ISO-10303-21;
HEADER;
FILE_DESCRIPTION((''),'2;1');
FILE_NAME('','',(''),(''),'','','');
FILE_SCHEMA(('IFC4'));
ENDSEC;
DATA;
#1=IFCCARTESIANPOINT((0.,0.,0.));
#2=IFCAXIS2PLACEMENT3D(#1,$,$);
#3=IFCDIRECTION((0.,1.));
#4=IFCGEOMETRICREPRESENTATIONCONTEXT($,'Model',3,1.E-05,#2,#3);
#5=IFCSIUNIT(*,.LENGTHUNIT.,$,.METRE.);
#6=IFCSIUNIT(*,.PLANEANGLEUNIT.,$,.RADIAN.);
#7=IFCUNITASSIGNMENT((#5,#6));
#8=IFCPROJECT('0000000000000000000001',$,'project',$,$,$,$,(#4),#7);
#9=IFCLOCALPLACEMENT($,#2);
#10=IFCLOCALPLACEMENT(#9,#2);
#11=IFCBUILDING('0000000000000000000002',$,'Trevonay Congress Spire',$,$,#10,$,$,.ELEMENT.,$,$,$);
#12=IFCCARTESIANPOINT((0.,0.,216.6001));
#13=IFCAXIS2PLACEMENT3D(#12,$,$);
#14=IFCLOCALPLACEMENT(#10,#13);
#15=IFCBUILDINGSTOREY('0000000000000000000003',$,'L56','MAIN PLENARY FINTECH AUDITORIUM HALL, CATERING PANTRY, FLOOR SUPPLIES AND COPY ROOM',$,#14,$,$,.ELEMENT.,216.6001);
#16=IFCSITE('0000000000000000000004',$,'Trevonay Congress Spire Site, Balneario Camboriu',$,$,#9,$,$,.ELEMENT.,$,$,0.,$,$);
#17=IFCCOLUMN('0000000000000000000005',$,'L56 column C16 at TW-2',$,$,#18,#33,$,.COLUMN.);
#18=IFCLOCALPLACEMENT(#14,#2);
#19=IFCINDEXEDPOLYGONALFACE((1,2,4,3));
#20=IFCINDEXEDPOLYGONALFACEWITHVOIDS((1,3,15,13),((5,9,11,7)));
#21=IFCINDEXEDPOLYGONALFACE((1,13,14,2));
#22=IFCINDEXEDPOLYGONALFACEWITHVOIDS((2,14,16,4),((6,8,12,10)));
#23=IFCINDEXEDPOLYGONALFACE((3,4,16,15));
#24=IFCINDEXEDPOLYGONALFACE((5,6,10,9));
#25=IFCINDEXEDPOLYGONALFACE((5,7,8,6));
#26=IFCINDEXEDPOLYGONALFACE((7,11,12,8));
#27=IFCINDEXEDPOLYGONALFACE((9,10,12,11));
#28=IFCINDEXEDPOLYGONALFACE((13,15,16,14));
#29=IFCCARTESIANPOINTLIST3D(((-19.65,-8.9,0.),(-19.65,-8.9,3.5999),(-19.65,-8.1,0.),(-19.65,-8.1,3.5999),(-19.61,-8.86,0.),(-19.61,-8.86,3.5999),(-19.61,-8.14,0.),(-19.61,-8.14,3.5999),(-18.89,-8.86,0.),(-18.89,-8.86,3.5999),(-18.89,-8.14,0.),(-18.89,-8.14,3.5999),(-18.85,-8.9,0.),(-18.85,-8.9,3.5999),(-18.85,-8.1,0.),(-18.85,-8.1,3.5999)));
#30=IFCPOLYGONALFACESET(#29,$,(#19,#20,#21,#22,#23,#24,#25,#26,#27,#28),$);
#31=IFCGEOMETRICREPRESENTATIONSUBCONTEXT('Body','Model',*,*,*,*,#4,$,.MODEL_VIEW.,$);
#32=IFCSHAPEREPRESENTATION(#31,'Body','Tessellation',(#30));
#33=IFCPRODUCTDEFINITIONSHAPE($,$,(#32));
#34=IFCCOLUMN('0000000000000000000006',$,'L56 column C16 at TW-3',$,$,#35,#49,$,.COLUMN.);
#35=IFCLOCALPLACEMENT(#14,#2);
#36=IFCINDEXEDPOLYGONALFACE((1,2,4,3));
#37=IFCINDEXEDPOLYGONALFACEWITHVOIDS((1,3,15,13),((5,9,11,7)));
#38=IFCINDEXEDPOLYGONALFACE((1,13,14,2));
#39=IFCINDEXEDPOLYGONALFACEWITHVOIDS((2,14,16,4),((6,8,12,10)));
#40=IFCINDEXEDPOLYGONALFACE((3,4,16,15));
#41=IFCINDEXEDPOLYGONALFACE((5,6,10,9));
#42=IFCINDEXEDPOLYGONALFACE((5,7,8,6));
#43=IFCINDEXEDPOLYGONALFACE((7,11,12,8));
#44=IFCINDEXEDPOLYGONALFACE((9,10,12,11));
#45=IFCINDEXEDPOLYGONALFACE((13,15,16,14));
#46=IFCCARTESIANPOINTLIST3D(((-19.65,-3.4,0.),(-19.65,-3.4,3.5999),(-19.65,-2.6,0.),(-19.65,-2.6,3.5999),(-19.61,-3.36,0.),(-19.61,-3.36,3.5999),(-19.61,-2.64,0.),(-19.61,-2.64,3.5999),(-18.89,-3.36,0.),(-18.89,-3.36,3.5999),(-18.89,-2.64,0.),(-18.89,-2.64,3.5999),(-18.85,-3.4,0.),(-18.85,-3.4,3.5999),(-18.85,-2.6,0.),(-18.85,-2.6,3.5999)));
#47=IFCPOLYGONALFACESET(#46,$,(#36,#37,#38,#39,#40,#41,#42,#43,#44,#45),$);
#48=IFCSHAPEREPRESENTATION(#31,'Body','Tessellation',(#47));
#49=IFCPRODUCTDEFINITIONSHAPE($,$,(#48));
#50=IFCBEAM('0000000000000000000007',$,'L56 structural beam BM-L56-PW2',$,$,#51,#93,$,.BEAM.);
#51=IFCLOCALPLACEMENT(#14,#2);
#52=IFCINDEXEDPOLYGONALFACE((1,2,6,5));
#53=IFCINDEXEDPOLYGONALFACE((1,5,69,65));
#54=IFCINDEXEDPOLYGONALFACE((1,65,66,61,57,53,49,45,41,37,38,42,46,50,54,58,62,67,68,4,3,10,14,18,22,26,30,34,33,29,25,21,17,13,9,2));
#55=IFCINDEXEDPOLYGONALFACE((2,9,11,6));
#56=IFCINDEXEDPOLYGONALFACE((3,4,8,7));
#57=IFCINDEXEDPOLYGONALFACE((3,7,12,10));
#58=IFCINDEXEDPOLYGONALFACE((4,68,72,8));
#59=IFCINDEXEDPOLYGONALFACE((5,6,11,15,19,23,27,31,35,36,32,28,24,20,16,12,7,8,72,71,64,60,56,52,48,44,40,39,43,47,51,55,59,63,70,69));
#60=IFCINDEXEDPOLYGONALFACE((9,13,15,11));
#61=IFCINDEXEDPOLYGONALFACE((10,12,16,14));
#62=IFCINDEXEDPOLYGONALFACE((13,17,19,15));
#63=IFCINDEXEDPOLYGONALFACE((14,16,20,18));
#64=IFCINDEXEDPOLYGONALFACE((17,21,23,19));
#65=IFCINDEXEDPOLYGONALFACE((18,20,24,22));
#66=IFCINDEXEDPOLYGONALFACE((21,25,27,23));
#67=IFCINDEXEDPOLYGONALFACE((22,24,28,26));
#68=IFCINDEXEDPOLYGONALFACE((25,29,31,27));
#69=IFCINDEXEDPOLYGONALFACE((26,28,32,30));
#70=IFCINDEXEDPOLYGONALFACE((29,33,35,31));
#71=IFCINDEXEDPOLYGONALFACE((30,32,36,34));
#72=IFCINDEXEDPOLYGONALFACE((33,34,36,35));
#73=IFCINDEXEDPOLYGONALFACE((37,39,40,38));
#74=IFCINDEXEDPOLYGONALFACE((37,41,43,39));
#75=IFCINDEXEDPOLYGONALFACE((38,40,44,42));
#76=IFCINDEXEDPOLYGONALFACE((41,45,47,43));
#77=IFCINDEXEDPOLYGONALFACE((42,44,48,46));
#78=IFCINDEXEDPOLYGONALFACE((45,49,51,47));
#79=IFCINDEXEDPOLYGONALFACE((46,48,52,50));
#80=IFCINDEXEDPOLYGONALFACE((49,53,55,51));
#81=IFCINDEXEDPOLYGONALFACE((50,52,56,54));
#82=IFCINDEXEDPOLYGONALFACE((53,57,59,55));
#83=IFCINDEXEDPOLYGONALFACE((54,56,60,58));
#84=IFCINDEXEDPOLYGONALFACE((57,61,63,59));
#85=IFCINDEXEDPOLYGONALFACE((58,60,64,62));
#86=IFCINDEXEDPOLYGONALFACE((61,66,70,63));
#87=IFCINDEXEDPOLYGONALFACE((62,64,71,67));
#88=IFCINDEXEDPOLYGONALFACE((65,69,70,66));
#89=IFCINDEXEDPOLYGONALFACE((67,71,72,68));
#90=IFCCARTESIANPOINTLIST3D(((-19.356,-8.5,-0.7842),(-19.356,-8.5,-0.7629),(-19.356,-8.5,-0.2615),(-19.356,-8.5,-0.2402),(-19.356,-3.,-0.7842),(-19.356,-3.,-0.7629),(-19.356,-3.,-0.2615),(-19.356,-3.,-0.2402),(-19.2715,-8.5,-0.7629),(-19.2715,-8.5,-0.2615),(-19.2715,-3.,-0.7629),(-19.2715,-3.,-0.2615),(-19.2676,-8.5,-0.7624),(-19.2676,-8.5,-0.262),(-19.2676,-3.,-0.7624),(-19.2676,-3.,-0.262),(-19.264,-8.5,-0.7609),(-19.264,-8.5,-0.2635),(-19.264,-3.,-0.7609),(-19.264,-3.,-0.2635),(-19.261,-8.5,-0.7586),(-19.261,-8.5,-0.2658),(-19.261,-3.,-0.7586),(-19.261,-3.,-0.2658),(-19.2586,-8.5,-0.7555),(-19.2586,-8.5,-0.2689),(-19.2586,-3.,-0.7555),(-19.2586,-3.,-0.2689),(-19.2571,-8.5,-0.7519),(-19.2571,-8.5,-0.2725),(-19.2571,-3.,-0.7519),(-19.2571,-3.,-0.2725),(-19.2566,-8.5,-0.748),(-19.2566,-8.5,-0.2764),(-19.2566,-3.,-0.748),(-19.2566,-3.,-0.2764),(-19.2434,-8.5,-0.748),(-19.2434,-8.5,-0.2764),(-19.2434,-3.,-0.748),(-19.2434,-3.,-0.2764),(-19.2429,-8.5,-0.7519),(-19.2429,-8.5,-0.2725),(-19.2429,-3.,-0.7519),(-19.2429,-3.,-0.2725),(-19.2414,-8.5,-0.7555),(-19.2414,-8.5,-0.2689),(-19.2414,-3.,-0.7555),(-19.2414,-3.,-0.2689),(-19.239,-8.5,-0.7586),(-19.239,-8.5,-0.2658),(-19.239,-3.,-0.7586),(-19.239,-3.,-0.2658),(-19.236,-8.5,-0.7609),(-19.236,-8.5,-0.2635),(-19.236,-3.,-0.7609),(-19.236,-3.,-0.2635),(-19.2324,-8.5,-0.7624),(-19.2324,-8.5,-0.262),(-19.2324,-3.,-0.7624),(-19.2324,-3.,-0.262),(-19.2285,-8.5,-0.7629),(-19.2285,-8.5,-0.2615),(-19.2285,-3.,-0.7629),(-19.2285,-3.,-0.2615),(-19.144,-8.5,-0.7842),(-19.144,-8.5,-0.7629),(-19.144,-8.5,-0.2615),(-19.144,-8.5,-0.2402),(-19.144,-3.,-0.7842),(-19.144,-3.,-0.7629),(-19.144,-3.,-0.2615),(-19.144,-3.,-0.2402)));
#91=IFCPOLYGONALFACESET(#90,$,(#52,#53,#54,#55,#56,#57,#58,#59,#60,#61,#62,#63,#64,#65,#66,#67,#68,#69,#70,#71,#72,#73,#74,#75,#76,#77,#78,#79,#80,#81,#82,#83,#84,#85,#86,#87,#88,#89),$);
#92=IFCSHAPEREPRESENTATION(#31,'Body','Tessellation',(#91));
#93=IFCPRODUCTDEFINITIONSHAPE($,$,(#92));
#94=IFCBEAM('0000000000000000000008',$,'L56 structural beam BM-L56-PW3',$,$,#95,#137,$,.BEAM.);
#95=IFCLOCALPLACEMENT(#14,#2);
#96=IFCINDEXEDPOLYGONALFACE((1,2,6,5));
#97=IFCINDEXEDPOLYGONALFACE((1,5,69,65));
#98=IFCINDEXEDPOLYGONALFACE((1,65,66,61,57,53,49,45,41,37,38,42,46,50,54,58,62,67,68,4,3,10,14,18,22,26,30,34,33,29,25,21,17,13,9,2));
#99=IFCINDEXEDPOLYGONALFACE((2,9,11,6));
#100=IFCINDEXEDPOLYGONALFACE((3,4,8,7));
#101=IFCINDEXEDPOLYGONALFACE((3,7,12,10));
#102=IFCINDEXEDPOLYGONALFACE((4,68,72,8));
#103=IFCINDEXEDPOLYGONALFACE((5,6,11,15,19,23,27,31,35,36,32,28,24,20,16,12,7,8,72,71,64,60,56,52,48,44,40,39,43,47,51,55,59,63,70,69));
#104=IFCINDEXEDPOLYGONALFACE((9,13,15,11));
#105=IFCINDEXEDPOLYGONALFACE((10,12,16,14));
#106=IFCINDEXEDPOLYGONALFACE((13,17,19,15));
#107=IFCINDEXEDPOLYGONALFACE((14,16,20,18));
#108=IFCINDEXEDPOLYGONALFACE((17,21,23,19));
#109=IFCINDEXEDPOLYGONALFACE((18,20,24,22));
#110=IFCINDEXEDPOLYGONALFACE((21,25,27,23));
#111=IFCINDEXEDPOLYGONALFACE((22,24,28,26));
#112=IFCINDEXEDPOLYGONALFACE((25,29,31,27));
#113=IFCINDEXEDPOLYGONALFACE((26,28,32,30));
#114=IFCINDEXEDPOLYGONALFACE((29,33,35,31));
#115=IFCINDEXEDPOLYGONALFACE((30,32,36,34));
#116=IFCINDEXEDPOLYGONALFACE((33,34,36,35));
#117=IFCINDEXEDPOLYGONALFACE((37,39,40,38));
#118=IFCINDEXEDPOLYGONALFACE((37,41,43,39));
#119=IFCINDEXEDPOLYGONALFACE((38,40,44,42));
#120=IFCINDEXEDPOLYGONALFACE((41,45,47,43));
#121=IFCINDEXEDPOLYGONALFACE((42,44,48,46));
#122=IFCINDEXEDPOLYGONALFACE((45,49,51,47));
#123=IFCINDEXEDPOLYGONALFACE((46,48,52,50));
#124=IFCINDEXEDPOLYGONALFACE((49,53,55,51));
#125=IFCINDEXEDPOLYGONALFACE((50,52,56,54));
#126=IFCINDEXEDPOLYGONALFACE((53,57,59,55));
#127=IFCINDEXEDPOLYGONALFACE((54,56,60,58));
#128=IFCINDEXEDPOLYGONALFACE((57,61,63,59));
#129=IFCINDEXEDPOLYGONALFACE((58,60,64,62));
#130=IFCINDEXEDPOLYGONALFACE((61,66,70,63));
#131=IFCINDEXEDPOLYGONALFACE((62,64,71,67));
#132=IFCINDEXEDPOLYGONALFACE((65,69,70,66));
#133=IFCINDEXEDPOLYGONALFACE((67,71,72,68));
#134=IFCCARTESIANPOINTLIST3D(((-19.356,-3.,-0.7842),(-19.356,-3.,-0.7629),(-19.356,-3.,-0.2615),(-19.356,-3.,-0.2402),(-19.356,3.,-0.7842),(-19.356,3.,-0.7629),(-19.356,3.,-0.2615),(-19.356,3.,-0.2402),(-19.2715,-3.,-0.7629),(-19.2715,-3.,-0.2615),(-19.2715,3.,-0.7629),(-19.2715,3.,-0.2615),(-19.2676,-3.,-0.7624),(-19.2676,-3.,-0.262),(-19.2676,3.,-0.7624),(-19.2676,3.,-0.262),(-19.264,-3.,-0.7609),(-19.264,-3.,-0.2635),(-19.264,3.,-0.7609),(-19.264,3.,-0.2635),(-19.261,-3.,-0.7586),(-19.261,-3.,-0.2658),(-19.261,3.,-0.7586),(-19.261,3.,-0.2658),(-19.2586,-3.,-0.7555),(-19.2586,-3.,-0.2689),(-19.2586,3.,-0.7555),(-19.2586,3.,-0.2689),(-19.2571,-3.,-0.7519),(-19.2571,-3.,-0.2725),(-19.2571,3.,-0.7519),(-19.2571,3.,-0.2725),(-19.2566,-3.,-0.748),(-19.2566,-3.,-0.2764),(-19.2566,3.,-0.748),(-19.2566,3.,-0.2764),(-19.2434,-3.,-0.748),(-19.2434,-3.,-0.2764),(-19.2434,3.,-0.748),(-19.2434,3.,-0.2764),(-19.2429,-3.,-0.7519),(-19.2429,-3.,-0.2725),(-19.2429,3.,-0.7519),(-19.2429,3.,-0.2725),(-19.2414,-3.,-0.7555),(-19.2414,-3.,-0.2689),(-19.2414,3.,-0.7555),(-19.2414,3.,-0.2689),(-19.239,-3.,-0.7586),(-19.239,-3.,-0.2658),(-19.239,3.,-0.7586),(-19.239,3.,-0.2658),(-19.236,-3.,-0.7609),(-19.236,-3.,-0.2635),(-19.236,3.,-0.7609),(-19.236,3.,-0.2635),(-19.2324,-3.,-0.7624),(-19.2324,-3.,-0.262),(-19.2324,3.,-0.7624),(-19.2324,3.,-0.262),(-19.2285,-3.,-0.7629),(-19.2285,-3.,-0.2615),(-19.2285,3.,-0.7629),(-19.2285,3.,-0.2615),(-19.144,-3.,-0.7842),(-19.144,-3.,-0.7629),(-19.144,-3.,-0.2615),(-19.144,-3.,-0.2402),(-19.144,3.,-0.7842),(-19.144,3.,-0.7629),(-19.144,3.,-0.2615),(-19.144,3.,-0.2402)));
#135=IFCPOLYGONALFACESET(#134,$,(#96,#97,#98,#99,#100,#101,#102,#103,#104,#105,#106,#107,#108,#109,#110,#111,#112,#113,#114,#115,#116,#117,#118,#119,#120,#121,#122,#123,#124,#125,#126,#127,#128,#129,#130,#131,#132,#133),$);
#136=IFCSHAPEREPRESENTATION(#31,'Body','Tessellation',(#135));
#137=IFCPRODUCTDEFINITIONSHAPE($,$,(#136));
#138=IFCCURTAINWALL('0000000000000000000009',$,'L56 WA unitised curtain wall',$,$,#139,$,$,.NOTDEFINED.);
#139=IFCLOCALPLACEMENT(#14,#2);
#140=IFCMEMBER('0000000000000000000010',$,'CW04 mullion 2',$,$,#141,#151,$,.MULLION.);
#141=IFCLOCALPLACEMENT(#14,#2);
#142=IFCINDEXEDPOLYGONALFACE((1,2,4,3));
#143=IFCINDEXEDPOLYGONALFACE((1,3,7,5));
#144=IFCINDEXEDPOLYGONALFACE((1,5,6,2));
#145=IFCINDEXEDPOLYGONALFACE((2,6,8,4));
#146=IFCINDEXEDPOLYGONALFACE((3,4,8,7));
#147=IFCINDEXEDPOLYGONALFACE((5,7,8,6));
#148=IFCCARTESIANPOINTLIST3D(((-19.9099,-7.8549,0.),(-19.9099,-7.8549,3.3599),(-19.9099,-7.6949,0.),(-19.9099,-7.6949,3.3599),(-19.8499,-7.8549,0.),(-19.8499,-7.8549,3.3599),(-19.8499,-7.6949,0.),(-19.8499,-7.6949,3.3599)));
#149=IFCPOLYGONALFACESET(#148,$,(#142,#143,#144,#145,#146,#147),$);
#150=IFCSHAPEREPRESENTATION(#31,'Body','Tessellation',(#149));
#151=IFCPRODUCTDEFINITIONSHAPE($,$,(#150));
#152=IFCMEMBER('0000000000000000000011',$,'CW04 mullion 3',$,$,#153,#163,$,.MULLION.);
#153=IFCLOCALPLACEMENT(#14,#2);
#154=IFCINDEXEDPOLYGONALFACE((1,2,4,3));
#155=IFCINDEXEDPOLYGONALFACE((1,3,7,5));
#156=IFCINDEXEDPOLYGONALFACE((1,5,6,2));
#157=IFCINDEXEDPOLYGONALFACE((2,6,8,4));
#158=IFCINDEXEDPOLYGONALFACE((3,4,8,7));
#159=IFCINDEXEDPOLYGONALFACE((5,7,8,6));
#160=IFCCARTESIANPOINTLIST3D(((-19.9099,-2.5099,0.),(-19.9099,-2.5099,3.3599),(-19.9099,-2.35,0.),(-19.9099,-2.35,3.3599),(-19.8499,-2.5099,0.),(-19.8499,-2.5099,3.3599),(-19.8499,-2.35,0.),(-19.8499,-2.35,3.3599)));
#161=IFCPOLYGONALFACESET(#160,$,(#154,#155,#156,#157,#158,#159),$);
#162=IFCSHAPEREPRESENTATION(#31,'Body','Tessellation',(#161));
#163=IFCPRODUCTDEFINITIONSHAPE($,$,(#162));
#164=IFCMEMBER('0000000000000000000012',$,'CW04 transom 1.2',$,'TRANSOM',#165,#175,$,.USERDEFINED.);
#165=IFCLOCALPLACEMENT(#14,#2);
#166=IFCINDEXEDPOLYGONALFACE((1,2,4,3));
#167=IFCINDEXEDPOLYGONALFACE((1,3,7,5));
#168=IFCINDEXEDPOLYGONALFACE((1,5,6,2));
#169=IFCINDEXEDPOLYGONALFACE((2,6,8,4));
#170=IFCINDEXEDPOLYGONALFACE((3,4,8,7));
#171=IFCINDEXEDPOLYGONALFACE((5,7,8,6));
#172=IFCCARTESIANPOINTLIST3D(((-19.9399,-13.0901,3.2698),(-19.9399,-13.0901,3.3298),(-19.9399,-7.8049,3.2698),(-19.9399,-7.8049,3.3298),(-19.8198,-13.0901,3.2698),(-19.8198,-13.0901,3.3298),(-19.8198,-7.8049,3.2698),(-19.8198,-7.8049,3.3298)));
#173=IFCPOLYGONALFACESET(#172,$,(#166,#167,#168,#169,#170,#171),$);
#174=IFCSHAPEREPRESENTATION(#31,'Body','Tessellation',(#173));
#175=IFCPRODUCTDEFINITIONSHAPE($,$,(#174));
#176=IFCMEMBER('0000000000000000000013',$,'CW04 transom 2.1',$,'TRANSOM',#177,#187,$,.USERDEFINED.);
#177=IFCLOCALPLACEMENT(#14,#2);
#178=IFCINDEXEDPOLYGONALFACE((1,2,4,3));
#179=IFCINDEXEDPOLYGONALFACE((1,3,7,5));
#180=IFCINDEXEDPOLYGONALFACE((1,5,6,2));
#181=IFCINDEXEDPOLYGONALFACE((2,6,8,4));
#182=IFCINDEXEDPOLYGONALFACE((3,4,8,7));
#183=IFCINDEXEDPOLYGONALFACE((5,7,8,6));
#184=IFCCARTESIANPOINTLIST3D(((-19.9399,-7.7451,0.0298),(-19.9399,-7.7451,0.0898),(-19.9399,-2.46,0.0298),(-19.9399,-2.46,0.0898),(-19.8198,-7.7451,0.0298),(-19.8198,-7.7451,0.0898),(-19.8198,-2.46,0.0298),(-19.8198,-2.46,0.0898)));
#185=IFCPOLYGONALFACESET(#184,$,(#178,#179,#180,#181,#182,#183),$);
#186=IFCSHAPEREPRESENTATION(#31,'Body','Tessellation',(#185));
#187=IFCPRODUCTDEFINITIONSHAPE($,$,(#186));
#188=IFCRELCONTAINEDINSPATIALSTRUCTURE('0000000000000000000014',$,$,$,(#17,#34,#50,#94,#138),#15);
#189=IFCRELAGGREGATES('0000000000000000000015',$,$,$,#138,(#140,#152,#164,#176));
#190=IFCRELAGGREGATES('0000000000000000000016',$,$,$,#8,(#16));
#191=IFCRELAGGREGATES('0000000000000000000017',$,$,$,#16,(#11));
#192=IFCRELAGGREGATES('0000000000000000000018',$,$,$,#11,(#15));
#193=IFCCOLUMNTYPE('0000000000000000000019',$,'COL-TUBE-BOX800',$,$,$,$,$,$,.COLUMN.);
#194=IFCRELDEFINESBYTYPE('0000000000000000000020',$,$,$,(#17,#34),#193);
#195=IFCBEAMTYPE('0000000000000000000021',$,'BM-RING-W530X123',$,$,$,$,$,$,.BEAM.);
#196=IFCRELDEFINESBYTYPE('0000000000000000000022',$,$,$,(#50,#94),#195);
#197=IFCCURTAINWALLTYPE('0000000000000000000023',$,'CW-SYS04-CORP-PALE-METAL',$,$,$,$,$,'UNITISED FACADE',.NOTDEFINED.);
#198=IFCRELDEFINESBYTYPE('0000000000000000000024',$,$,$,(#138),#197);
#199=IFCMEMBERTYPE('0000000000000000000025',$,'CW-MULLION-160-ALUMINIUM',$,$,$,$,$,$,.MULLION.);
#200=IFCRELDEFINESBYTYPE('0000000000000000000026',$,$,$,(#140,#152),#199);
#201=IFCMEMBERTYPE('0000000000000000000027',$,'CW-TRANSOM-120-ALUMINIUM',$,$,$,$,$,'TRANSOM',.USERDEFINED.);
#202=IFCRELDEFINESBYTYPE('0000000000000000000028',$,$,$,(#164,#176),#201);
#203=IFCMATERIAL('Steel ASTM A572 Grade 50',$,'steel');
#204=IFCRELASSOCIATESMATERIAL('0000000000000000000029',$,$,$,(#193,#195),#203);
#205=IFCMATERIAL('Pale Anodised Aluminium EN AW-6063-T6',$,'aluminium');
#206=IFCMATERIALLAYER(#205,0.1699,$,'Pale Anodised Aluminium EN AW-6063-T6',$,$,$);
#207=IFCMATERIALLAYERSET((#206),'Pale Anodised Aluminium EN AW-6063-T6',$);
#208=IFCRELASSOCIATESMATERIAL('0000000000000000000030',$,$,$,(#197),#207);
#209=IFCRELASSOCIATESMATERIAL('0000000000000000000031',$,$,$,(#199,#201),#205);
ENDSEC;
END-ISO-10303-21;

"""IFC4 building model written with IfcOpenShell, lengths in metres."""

from ifc_helpers import new_model, si_unit, direction, frame, origin, origin_2d, place, context, subcontext, project, spatial, rectangle, hollow_rectangle, i_section, extrude, material, layer, layer_set, material_profile, profile_set, type_object, element, aggregate, save


model = new_model("IFC4")

# Units and contexts
model_context = context("Model", 3, precision=1e-05, world=origin(), true_north=direction((0.0, 1.0)))
body_context = subcontext(model_context, "Body", "Model", "MODEL_VIEW")
ifc_project = project(units=[si_unit("LENGTHUNIT", "METRE"), si_unit("PLANEANGLEUNIT", "RADIAN")], contexts=[model_context])

# Site, building, storey
site_placement = place(None, origin())
site = spatial("IfcSite", under=ifc_project, at=site_placement, Name="Trevonay Congress Spire Site, Balneario Camboriu", CompositionType="ELEMENT", RefElevation=0.0)
building_placement = place(site_placement, origin())
building = spatial("IfcBuilding", under=site, at=building_placement, Name="Trevonay Congress Spire", CompositionType="ELEMENT")
storey_placement = place(building_placement, frame((0.0, 0.0, 216.6001)))
storey = spatial("IfcBuildingStorey", under=building, at=storey_placement, Name="L56", Description="MAIN PLENARY FINTECH AUDITORIUM HALL, CATERING PANTRY, FLOOR SUPPLIES AND COPY ROOM", CompositionType="ELEMENT", Elevation=216.6001)

# Columns
ifc_material_1 = material(Name="Steel ASTM A572 Grade 50", Category="steel")
ifc_material_profile_1 = material_profile(ifc_material_1, hollow_rectangle(XDim=0.8, YDim=0.8, WallThickness=0.04, at=origin_2d()), Name="BOX 800x800x40")
ifc_profile_set_1 = profile_set([ifc_material_profile_1], Name="Steel ASTM A572 Grade 50")
column_type = type_object("IfcColumnType", Name="COL-TUBE-BOX800", PredefinedType="COLUMN", material=ifc_profile_set_1)
for number, where, z_axis, x_axis, name in (
    (1, (-19.25, -8.5, 0.0), (0.0, 0.0, 1.0), (1.0, 0.0, 0.0), "L56 column C16 at TW-2"),
    (2, (-19.25, -3.0, 0.0), (0.0, 0.0, 1.0), (1.0, 0.0, 0.0), "L56 column C16 at TW-3"),
):
    element("IfcColumn", number, at=place(storey_placement, frame(where, z_axis=z_axis, x_axis=x_axis)), inside=storey, type_object=column_type, Name=name, PredefinedType="COLUMN", context=body_context, shape_type="SweptSolid", body=[
        extrude(hollow_rectangle(XDim=0.8, YDim=0.8, WallThickness=0.04, at=origin_2d()), origin(), (0.0, 0.0, 1.0), 3.5999),
    ])

# Beams
ifc_material_profile_2 = material_profile(ifc_material_1, i_section(OverallWidth=0.2119, OverallDepth=0.5439, WebThickness=0.0132, FlangeThickness=0.0212, FilletRadius=0.0149, at=origin_2d()), Name="W530x123")
ifc_profile_set_2 = profile_set([ifc_material_profile_2], Name="Steel ASTM A572 Grade 50")
beam_type = type_object("IfcBeamType", Name="BM-RING-W530X123", PredefinedType="BEAM", material=ifc_profile_set_2)
beam_1_placement = place(storey_placement, frame((-19.25, -8.5, -0.5122), z_axis=(0.0, 1.0, 0.0), x_axis=(-1.0, 0.0, 0.0)))
element("IfcBeam", 3, at=beam_1_placement, inside=storey, type_object=beam_type, Name="L56 structural beam BM-L56-PW2", PredefinedType="BEAM", context=body_context, shape_type="SweptSolid", body=[
    extrude(i_section(OverallWidth=0.2119, OverallDepth=0.5439, WebThickness=0.0132, FlangeThickness=0.0212, FilletRadius=0.0149, at=origin_2d()), origin(), (0.0, 0.0, 1.0), 5.5),
])
beam_2_placement = place(storey_placement, frame((-19.25, -3.0, -0.5122), z_axis=(0.0, 1.0, 0.0), x_axis=(-1.0, 0.0, 0.0)))
element("IfcBeam", 4, at=beam_2_placement, inside=storey, type_object=beam_type, Name="L56 structural beam BM-L56-PW3", PredefinedType="BEAM", context=body_context, shape_type="SweptSolid", body=[
    extrude(i_section(OverallWidth=0.2119, OverallDepth=0.5439, WebThickness=0.0132, FlangeThickness=0.0212, FilletRadius=0.0149, at=origin_2d()), origin(), (0.0, 0.0, 1.0), 6.0),
])

# Curtain wall, members
ifc_material_2 = material(Name="Pale Anodised Aluminium EN AW-6063-T6", Category="aluminium")
ifc_layer_1 = layer(ifc_material_2, 0.1699, Name="Pale Anodised Aluminium EN AW-6063-T6")
ifc_layer_set_1 = layer_set([ifc_layer_1], Name="Pale Anodised Aluminium EN AW-6063-T6")
curtain_wall_type = type_object("IfcCurtainWallType", Name="CW-SYS04-CORP-PALE-METAL", ElementType="UNITISED FACADE", PredefinedType="NOTDEFINED", material=ifc_layer_set_1)
curtain_wall_placement = place(storey_placement, origin())
curtain_wall = element("IfcCurtainWall", 5, at=curtain_wall_placement, inside=storey, type_object=curtain_wall_type, Name="L56 WA unitised curtain wall", PredefinedType="NOTDEFINED")
ifc_material_profile_3 = material_profile(ifc_material_2, rectangle(XDim=0.0601, YDim=0.1599, at=origin_2d()), Name="CW-MULLION-160-ALUMINIUM")
ifc_profile_set_3 = profile_set([ifc_material_profile_3], Name="Pale Anodised Aluminium EN AW-6063-T6")
member_type_1 = type_object("IfcMemberType", Name="CW-MULLION-160-ALUMINIUM", PredefinedType="MULLION", material=ifc_profile_set_3)
member_1_placement = place(storey_placement, frame((-19.8799, -7.7749, 0.0), z_axis=(0.0, 0.0, 1.0), x_axis=(-1.0, 0.0, 0.0)))
member_1 = element("IfcMember", 6, at=member_1_placement, type_object=member_type_1, Name="CW04 mullion 2", PredefinedType="MULLION", context=body_context, shape_type="SweptSolid", body=[
    extrude(rectangle(XDim=0.0601, YDim=0.1599, at=origin_2d()), origin(), (0.0, 0.0, 1.0), 3.3599),
])
member_2_placement = place(storey_placement, frame((-19.8799, -2.4299, 0.0), z_axis=(0.0, 0.0, 1.0), x_axis=(-1.0, 0.0, 0.0)))
member_2 = element("IfcMember", 7, at=member_2_placement, type_object=member_type_1, Name="CW04 mullion 3", PredefinedType="MULLION", context=body_context, shape_type="SweptSolid", body=[
    extrude(rectangle(XDim=0.0601, YDim=0.1599, at=origin_2d()), origin(), (0.0, 0.0, 1.0), 3.3599),
])
ifc_material_profile_4 = material_profile(ifc_material_2, rectangle(XDim=0.1201, YDim=0.0601, at=origin_2d()), Name="CW-TRANSOM-120-ALUMINIUM")
ifc_profile_set_4 = profile_set([ifc_material_profile_4], Name="Pale Anodised Aluminium EN AW-6063-T6")
member_type_2 = type_object("IfcMemberType", Name="CW-TRANSOM-120-ALUMINIUM", ElementType="TRANSOM", PredefinedType="USERDEFINED", material=ifc_profile_set_4)
member_3_placement = place(storey_placement, frame((-19.8799, -13.0901, 3.2998), z_axis=(0.0, 1.0, 0.0), x_axis=(-1.0, 0.0, 0.0)))
member_3 = element("IfcMember", 8, at=member_3_placement, type_object=member_type_2, Name="CW04 transom 1.2", ObjectType="TRANSOM", PredefinedType="USERDEFINED", context=body_context, shape_type="SweptSolid", body=[
    extrude(rectangle(XDim=0.1201, YDim=0.0601, at=origin_2d()), origin(), (0.0, 0.0, 1.0), 5.2852),
])
member_4_placement = place(storey_placement, frame((-19.8799, -7.7451, 0.0598), z_axis=(0.0, 1.0, 0.0), x_axis=(-1.0, 0.0, 0.0)))
member_4 = element("IfcMember", 9, at=member_4_placement, type_object=member_type_2, Name="CW04 transom 2.1", ObjectType="TRANSOM", PredefinedType="USERDEFINED", context=body_context, shape_type="SweptSolid", body=[
    extrude(rectangle(XDim=0.1201, YDim=0.0601, at=origin_2d()), origin(), (0.0, 0.0, 1.0), 5.2852),
])
aggregate(curtain_wall, [member_1, member_2, member_3, member_4])

save(model, "model.ifc")
